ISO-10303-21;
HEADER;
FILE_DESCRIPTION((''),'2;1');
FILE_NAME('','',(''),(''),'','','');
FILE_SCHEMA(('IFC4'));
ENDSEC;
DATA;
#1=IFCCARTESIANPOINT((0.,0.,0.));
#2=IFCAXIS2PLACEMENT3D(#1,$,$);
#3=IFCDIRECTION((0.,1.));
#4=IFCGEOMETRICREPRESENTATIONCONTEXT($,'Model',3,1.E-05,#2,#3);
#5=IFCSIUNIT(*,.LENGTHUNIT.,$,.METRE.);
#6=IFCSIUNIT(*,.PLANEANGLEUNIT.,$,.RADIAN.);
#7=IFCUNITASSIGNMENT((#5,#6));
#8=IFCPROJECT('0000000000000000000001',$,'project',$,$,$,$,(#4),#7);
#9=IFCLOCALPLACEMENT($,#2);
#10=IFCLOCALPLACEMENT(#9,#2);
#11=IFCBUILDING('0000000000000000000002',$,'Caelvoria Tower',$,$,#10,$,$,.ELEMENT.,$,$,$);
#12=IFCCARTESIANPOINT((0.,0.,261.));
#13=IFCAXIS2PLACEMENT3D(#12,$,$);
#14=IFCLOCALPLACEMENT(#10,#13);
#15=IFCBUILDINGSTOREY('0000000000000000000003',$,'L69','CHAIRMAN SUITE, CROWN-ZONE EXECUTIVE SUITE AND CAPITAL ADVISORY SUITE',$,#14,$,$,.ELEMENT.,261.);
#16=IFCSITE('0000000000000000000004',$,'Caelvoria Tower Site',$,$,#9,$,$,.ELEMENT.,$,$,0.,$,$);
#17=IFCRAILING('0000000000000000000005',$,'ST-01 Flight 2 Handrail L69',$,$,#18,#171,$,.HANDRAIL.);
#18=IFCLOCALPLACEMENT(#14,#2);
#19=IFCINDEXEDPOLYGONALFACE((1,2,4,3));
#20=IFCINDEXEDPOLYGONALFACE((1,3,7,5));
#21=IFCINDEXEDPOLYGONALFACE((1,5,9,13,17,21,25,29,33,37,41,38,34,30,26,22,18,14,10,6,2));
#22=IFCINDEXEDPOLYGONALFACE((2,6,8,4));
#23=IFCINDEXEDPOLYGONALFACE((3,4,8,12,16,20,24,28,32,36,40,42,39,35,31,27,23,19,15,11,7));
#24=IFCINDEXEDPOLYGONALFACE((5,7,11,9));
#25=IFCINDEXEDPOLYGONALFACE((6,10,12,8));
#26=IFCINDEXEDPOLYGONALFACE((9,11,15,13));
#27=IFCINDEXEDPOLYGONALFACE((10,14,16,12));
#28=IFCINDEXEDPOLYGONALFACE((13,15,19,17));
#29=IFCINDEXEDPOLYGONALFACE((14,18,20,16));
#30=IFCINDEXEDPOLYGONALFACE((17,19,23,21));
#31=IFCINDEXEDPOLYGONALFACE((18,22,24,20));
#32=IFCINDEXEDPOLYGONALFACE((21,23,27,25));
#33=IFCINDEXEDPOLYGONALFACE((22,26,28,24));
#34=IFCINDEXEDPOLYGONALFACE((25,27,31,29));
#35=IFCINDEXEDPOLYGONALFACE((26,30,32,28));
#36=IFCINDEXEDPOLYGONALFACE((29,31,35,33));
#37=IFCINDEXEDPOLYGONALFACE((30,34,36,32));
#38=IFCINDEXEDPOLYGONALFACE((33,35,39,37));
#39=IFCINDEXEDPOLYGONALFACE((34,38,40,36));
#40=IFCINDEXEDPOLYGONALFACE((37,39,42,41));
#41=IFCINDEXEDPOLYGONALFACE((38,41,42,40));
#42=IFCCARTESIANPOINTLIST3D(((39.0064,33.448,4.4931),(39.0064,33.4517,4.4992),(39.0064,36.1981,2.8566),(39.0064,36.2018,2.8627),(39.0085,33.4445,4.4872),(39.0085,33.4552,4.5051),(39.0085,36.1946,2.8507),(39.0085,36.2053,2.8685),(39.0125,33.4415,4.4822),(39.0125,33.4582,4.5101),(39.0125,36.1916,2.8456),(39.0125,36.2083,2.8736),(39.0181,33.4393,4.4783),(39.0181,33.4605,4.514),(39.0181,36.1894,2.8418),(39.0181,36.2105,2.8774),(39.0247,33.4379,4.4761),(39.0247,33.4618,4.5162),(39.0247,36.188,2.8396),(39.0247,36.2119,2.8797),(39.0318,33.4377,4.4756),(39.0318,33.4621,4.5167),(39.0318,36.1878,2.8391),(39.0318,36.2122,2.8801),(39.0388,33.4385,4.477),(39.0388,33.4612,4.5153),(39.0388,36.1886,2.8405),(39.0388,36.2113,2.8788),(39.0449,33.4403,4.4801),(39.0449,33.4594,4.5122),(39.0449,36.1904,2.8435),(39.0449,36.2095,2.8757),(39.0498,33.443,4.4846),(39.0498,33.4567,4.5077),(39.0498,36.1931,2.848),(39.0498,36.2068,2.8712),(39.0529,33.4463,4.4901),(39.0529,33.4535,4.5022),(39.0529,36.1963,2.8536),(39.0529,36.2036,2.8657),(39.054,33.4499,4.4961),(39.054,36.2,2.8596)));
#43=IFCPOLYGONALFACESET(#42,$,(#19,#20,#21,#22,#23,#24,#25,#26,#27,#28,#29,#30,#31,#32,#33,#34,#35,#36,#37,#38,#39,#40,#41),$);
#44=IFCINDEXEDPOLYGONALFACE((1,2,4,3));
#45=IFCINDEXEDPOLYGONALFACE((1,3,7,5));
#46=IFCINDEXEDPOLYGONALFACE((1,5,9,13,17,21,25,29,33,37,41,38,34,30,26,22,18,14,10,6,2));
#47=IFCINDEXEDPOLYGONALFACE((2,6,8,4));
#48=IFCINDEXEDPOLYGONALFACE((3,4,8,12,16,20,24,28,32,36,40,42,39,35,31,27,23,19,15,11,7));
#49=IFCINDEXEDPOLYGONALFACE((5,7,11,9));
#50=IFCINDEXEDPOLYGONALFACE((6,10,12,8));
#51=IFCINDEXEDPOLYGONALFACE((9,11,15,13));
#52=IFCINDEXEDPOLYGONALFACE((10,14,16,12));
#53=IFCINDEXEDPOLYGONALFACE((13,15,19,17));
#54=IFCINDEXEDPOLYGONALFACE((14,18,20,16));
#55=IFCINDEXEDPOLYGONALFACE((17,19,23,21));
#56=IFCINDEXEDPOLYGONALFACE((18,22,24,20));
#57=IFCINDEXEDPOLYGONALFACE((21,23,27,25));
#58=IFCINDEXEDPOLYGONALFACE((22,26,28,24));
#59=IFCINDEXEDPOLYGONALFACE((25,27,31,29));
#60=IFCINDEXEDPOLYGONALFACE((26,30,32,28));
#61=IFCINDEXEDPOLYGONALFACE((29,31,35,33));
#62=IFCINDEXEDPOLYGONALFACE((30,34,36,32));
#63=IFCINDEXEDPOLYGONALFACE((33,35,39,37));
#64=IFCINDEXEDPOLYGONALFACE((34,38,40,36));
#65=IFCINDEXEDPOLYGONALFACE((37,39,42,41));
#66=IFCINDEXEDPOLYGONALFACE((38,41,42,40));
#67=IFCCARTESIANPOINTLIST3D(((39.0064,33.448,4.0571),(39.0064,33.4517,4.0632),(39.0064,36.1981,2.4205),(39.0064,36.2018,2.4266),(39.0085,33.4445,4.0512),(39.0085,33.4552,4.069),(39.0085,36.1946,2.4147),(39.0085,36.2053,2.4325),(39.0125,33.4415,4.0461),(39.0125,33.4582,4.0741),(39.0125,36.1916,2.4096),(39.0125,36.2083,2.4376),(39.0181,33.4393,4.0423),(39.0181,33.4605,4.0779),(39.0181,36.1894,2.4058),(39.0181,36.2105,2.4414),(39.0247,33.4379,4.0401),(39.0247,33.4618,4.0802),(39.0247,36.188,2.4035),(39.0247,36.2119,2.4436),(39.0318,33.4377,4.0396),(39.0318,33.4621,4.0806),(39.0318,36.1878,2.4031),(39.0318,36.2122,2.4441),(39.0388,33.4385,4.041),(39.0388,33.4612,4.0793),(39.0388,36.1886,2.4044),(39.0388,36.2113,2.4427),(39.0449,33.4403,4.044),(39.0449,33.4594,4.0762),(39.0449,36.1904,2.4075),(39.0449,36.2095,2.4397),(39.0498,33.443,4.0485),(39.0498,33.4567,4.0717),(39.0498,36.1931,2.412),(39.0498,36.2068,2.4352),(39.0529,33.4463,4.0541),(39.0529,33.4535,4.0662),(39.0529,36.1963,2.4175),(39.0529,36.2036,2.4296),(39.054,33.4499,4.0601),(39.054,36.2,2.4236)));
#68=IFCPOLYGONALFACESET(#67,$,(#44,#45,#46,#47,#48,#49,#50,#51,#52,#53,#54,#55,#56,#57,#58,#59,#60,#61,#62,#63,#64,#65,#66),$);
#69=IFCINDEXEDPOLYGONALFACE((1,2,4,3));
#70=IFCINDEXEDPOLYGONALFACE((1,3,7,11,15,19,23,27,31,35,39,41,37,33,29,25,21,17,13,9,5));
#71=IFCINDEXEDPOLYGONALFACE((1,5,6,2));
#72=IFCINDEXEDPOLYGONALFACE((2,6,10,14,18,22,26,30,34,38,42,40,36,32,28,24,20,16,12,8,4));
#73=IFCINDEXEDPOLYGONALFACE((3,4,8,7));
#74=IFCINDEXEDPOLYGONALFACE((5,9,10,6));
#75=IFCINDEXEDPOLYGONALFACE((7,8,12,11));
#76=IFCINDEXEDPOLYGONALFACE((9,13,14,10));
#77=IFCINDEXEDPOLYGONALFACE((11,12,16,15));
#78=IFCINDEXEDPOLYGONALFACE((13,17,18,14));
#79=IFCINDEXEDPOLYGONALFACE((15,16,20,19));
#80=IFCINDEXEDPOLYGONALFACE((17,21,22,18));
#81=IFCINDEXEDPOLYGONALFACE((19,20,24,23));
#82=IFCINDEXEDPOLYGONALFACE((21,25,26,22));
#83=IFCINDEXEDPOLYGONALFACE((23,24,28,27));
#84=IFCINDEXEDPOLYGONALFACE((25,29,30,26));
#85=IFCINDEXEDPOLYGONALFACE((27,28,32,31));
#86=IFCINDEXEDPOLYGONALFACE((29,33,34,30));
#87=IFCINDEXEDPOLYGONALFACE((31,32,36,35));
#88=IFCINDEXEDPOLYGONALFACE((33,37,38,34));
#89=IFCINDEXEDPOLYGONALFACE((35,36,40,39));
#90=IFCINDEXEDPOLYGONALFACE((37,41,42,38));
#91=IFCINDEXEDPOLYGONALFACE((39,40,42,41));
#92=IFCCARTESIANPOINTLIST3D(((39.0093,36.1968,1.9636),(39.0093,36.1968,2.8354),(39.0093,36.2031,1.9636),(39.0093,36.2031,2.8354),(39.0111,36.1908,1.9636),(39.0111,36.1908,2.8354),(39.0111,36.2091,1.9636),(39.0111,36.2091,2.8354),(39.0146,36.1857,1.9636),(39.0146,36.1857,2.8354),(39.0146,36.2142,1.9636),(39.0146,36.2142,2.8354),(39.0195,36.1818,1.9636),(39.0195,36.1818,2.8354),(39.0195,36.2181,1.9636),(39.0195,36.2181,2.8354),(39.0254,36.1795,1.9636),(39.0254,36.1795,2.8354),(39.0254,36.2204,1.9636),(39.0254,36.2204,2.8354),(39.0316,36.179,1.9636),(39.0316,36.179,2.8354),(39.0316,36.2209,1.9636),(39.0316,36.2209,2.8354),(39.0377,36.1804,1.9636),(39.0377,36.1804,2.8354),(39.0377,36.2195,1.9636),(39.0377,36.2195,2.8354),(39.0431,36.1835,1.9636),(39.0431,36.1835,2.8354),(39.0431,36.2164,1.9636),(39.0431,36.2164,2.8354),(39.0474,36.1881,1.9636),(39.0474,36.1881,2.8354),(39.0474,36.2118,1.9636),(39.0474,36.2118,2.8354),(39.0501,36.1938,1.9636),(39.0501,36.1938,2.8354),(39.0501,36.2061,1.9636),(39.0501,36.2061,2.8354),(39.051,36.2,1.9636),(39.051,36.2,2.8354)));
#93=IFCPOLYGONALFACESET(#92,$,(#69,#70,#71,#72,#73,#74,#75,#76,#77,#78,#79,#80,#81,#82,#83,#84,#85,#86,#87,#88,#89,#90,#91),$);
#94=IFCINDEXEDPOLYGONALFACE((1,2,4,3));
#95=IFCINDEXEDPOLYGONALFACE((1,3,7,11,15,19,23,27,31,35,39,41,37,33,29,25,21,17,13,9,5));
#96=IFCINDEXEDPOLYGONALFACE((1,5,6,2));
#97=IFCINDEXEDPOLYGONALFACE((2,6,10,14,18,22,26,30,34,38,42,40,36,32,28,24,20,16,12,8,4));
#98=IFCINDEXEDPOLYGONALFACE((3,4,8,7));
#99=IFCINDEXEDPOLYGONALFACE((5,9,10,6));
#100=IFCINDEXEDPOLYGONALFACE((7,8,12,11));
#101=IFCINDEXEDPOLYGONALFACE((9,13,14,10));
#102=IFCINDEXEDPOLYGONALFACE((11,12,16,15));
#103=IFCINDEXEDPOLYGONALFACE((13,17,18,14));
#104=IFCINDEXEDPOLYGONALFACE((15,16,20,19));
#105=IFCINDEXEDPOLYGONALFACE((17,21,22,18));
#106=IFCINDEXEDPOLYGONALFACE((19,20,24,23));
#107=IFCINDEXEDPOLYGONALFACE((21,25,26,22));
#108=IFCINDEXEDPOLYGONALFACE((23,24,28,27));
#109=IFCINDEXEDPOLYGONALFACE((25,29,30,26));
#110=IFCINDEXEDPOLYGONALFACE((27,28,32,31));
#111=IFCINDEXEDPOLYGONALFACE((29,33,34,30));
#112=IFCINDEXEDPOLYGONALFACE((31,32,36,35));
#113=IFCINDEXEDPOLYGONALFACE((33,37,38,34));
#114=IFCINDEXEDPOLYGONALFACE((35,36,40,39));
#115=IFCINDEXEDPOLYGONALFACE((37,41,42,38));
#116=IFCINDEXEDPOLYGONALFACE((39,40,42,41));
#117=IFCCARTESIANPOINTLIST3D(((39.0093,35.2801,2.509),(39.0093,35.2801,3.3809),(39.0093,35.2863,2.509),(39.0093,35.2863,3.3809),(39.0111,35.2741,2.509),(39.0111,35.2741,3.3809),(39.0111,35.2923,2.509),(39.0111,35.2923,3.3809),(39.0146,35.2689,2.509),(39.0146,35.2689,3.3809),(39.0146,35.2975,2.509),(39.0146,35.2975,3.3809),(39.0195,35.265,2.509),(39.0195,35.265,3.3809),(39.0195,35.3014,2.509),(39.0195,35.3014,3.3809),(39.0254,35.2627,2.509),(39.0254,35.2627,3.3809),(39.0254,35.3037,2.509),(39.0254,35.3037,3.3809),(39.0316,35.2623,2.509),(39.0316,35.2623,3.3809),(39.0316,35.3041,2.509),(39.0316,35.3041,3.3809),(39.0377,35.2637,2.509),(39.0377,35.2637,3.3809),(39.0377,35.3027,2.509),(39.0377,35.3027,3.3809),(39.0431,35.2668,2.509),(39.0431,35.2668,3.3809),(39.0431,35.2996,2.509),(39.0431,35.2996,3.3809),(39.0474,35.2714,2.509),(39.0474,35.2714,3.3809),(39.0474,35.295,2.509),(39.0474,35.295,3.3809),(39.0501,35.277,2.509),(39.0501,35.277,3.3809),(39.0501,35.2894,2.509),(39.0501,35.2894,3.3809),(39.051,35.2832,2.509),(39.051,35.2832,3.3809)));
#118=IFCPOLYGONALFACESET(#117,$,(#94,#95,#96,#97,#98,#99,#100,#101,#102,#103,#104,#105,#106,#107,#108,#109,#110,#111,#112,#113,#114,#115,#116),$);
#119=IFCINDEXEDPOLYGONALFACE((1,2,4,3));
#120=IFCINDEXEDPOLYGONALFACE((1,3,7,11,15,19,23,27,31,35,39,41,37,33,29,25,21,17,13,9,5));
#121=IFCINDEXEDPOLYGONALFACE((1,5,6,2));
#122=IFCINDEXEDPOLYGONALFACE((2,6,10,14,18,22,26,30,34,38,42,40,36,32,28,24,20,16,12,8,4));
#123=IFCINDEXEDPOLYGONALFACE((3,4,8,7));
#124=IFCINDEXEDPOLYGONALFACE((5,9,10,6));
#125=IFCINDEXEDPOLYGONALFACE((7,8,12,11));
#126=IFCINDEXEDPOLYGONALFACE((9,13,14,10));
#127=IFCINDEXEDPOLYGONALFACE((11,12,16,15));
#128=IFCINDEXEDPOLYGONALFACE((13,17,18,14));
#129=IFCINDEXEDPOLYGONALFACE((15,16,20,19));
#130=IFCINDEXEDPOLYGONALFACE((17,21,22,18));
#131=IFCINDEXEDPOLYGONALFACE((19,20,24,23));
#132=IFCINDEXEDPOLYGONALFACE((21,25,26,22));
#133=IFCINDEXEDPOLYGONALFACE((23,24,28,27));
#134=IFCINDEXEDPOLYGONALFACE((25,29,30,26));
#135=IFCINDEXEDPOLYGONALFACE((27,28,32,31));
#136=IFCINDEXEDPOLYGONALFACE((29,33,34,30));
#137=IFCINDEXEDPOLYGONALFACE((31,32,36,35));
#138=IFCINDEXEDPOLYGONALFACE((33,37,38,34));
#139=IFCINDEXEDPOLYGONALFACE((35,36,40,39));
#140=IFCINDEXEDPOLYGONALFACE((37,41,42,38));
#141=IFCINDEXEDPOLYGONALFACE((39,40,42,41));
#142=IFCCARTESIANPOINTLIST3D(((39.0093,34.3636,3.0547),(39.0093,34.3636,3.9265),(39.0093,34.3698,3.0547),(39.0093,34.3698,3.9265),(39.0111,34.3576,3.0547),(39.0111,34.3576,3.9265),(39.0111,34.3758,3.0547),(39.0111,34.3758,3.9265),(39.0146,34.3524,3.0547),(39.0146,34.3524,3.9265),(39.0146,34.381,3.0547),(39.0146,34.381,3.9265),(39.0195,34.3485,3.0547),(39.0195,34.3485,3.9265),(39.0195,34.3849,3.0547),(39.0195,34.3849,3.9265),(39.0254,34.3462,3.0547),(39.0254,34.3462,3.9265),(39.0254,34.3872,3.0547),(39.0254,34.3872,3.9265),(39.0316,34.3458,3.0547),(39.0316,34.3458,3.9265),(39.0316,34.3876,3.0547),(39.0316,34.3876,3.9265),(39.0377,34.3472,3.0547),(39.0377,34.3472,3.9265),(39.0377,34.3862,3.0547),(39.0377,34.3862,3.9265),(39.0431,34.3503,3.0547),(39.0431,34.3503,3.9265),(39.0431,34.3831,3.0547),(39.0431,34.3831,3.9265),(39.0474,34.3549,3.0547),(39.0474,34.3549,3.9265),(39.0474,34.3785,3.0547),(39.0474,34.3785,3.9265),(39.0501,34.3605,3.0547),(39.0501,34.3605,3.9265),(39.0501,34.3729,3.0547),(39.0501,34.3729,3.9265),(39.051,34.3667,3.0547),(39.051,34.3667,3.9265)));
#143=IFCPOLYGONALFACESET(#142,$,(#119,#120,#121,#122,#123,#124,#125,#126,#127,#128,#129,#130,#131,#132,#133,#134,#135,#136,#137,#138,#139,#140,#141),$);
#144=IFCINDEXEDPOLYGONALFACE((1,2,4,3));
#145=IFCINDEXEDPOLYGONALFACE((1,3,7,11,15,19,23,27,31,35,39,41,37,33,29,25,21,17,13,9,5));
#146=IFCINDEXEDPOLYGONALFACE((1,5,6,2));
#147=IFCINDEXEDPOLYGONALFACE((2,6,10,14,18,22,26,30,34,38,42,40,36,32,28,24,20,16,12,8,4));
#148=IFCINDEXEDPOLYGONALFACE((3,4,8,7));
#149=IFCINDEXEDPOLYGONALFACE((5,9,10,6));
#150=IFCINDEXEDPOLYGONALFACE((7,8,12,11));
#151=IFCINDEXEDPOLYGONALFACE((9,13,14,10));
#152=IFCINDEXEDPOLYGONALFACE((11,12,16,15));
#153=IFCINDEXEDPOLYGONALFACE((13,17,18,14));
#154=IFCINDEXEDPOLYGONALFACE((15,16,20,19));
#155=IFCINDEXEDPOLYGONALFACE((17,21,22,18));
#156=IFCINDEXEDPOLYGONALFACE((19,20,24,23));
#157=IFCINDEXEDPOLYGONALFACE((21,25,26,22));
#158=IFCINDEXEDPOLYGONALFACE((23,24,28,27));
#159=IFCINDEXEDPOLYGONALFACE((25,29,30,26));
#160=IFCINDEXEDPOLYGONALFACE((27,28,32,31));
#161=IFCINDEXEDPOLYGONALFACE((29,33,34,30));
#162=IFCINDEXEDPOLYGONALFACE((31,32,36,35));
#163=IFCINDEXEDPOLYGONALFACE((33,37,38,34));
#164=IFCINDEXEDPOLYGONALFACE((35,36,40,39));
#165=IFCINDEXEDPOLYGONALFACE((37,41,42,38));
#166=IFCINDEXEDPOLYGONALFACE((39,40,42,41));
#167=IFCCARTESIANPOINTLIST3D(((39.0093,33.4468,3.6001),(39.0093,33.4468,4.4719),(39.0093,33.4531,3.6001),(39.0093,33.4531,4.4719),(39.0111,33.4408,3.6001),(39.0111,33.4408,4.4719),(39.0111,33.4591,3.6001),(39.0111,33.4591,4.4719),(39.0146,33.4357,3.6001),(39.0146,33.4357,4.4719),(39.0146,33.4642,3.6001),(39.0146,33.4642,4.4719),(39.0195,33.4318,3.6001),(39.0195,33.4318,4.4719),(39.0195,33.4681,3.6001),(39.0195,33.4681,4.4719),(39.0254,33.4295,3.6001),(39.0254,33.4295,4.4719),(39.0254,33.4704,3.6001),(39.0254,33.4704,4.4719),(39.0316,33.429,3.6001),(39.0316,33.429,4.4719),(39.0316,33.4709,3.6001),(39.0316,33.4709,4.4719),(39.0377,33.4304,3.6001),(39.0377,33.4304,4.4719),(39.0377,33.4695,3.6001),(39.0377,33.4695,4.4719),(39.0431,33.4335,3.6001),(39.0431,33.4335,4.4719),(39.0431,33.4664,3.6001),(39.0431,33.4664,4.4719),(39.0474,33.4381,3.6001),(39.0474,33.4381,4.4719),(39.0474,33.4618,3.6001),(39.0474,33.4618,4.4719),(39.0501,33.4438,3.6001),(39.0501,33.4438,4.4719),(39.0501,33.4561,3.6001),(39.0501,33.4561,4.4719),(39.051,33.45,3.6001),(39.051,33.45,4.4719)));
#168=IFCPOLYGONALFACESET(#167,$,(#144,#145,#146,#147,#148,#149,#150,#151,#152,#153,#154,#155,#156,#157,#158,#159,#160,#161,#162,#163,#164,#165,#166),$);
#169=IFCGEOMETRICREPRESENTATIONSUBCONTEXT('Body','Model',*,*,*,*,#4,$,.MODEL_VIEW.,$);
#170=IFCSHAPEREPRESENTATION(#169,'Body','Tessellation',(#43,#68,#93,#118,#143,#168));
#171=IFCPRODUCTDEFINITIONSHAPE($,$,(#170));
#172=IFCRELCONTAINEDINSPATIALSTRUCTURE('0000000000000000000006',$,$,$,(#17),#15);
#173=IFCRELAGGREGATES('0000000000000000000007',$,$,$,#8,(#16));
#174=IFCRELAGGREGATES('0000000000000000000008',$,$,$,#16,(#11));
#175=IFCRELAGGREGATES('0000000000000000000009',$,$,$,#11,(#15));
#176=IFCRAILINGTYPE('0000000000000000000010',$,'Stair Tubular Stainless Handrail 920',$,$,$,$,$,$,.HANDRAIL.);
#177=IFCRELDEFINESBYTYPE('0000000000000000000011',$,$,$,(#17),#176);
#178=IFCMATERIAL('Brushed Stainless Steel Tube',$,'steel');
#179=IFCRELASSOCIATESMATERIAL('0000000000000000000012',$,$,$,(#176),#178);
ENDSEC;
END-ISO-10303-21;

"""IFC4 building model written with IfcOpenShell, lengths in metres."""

from ifc_helpers import new_model, si_unit, direction, frame, origin, origin_2d, place, context, subcontext, project, spatial, circle, extrude, material, type_object, element, save


model = new_model("IFC4")

# Units and contexts
model_context = context("Model", 3, precision=1e-05, world=origin(), true_north=direction((0.0, 1.0)))
body_context = subcontext(model_context, "Body", "Model", "MODEL_VIEW")
ifc_project = project(units=[si_unit("LENGTHUNIT", "METRE"), si_unit("PLANEANGLEUNIT", "RADIAN")], contexts=[model_context])

# Site, building, storey
site_placement = place(None, origin())
site = spatial("IfcSite", under=ifc_project, at=site_placement, Name="Caelvoria Tower Site", CompositionType="ELEMENT", RefElevation=0.0)
building_placement = place(site_placement, origin())
building = spatial("IfcBuilding", under=site, at=building_placement, Name="Caelvoria Tower", CompositionType="ELEMENT")
storey_placement = place(building_placement, frame((0.0, 0.0, 261.0)))
storey = spatial("IfcBuildingStorey", under=building, at=storey_placement, Name="L69", Description="CHAIRMAN SUITE, CROWN-ZONE EXECUTIVE SUITE AND CAPITAL ADVISORY SUITE", CompositionType="ELEMENT", Elevation=261.0)

# Railing
ifc_material_1 = material(Name="Brushed Stainless Steel Tube", Category="steel")
railing_type_1 = type_object("IfcRailingType", Name="Stair Tubular Stainless Handrail 920", PredefinedType="HANDRAIL", material=ifc_material_1)
railing_1_placement = place(storey_placement, frame((39.03, 36.2, 1.9636)))
element("IfcRailing", 1, at=railing_1_placement, inside=storey, type_object=railing_type_1, Name="ST-01 Flight 2 Handrail L69", PredefinedType="HANDRAIL", context=body_context, shape_type="SweptSolid", body=[
    extrude(circle(Radius=0.0239, at=origin_2d()), frame((0.0, 0.0, 0.896), z_axis=(0.0, -0.859352, 0.511385), x_axis=(1.0, 0.0, 0.0)), (0.0, 0.0, 1.0), 3.2002),
    extrude(circle(Radius=0.0239, at=origin_2d()), frame((0.0, 0.0, 0.46), z_axis=(0.0, -0.859352, 0.511385), x_axis=(1.0, 0.0, 0.0)), (0.0, 0.0, 1.0), 3.2002),
    extrude(circle(Radius=0.021, at=origin_2d()), origin(), (0.0, 0.0, 1.0), 0.8718),
    extrude(circle(Radius=0.021, at=origin_2d()), frame((0.0, -0.9167, 0.5454)), (0.0, 0.0, 1.0), 0.8718),
    extrude(circle(Radius=0.021, at=origin_2d()), frame((0.0, -1.8333, 1.0911)), (0.0, 0.0, 1.0), 0.8718),
    extrude(circle(Radius=0.021, at=origin_2d()), frame((0.0, -2.75, 1.6365)), (0.0, 0.0, 1.0), 0.8718),
])

save(model, "model.ifc")
